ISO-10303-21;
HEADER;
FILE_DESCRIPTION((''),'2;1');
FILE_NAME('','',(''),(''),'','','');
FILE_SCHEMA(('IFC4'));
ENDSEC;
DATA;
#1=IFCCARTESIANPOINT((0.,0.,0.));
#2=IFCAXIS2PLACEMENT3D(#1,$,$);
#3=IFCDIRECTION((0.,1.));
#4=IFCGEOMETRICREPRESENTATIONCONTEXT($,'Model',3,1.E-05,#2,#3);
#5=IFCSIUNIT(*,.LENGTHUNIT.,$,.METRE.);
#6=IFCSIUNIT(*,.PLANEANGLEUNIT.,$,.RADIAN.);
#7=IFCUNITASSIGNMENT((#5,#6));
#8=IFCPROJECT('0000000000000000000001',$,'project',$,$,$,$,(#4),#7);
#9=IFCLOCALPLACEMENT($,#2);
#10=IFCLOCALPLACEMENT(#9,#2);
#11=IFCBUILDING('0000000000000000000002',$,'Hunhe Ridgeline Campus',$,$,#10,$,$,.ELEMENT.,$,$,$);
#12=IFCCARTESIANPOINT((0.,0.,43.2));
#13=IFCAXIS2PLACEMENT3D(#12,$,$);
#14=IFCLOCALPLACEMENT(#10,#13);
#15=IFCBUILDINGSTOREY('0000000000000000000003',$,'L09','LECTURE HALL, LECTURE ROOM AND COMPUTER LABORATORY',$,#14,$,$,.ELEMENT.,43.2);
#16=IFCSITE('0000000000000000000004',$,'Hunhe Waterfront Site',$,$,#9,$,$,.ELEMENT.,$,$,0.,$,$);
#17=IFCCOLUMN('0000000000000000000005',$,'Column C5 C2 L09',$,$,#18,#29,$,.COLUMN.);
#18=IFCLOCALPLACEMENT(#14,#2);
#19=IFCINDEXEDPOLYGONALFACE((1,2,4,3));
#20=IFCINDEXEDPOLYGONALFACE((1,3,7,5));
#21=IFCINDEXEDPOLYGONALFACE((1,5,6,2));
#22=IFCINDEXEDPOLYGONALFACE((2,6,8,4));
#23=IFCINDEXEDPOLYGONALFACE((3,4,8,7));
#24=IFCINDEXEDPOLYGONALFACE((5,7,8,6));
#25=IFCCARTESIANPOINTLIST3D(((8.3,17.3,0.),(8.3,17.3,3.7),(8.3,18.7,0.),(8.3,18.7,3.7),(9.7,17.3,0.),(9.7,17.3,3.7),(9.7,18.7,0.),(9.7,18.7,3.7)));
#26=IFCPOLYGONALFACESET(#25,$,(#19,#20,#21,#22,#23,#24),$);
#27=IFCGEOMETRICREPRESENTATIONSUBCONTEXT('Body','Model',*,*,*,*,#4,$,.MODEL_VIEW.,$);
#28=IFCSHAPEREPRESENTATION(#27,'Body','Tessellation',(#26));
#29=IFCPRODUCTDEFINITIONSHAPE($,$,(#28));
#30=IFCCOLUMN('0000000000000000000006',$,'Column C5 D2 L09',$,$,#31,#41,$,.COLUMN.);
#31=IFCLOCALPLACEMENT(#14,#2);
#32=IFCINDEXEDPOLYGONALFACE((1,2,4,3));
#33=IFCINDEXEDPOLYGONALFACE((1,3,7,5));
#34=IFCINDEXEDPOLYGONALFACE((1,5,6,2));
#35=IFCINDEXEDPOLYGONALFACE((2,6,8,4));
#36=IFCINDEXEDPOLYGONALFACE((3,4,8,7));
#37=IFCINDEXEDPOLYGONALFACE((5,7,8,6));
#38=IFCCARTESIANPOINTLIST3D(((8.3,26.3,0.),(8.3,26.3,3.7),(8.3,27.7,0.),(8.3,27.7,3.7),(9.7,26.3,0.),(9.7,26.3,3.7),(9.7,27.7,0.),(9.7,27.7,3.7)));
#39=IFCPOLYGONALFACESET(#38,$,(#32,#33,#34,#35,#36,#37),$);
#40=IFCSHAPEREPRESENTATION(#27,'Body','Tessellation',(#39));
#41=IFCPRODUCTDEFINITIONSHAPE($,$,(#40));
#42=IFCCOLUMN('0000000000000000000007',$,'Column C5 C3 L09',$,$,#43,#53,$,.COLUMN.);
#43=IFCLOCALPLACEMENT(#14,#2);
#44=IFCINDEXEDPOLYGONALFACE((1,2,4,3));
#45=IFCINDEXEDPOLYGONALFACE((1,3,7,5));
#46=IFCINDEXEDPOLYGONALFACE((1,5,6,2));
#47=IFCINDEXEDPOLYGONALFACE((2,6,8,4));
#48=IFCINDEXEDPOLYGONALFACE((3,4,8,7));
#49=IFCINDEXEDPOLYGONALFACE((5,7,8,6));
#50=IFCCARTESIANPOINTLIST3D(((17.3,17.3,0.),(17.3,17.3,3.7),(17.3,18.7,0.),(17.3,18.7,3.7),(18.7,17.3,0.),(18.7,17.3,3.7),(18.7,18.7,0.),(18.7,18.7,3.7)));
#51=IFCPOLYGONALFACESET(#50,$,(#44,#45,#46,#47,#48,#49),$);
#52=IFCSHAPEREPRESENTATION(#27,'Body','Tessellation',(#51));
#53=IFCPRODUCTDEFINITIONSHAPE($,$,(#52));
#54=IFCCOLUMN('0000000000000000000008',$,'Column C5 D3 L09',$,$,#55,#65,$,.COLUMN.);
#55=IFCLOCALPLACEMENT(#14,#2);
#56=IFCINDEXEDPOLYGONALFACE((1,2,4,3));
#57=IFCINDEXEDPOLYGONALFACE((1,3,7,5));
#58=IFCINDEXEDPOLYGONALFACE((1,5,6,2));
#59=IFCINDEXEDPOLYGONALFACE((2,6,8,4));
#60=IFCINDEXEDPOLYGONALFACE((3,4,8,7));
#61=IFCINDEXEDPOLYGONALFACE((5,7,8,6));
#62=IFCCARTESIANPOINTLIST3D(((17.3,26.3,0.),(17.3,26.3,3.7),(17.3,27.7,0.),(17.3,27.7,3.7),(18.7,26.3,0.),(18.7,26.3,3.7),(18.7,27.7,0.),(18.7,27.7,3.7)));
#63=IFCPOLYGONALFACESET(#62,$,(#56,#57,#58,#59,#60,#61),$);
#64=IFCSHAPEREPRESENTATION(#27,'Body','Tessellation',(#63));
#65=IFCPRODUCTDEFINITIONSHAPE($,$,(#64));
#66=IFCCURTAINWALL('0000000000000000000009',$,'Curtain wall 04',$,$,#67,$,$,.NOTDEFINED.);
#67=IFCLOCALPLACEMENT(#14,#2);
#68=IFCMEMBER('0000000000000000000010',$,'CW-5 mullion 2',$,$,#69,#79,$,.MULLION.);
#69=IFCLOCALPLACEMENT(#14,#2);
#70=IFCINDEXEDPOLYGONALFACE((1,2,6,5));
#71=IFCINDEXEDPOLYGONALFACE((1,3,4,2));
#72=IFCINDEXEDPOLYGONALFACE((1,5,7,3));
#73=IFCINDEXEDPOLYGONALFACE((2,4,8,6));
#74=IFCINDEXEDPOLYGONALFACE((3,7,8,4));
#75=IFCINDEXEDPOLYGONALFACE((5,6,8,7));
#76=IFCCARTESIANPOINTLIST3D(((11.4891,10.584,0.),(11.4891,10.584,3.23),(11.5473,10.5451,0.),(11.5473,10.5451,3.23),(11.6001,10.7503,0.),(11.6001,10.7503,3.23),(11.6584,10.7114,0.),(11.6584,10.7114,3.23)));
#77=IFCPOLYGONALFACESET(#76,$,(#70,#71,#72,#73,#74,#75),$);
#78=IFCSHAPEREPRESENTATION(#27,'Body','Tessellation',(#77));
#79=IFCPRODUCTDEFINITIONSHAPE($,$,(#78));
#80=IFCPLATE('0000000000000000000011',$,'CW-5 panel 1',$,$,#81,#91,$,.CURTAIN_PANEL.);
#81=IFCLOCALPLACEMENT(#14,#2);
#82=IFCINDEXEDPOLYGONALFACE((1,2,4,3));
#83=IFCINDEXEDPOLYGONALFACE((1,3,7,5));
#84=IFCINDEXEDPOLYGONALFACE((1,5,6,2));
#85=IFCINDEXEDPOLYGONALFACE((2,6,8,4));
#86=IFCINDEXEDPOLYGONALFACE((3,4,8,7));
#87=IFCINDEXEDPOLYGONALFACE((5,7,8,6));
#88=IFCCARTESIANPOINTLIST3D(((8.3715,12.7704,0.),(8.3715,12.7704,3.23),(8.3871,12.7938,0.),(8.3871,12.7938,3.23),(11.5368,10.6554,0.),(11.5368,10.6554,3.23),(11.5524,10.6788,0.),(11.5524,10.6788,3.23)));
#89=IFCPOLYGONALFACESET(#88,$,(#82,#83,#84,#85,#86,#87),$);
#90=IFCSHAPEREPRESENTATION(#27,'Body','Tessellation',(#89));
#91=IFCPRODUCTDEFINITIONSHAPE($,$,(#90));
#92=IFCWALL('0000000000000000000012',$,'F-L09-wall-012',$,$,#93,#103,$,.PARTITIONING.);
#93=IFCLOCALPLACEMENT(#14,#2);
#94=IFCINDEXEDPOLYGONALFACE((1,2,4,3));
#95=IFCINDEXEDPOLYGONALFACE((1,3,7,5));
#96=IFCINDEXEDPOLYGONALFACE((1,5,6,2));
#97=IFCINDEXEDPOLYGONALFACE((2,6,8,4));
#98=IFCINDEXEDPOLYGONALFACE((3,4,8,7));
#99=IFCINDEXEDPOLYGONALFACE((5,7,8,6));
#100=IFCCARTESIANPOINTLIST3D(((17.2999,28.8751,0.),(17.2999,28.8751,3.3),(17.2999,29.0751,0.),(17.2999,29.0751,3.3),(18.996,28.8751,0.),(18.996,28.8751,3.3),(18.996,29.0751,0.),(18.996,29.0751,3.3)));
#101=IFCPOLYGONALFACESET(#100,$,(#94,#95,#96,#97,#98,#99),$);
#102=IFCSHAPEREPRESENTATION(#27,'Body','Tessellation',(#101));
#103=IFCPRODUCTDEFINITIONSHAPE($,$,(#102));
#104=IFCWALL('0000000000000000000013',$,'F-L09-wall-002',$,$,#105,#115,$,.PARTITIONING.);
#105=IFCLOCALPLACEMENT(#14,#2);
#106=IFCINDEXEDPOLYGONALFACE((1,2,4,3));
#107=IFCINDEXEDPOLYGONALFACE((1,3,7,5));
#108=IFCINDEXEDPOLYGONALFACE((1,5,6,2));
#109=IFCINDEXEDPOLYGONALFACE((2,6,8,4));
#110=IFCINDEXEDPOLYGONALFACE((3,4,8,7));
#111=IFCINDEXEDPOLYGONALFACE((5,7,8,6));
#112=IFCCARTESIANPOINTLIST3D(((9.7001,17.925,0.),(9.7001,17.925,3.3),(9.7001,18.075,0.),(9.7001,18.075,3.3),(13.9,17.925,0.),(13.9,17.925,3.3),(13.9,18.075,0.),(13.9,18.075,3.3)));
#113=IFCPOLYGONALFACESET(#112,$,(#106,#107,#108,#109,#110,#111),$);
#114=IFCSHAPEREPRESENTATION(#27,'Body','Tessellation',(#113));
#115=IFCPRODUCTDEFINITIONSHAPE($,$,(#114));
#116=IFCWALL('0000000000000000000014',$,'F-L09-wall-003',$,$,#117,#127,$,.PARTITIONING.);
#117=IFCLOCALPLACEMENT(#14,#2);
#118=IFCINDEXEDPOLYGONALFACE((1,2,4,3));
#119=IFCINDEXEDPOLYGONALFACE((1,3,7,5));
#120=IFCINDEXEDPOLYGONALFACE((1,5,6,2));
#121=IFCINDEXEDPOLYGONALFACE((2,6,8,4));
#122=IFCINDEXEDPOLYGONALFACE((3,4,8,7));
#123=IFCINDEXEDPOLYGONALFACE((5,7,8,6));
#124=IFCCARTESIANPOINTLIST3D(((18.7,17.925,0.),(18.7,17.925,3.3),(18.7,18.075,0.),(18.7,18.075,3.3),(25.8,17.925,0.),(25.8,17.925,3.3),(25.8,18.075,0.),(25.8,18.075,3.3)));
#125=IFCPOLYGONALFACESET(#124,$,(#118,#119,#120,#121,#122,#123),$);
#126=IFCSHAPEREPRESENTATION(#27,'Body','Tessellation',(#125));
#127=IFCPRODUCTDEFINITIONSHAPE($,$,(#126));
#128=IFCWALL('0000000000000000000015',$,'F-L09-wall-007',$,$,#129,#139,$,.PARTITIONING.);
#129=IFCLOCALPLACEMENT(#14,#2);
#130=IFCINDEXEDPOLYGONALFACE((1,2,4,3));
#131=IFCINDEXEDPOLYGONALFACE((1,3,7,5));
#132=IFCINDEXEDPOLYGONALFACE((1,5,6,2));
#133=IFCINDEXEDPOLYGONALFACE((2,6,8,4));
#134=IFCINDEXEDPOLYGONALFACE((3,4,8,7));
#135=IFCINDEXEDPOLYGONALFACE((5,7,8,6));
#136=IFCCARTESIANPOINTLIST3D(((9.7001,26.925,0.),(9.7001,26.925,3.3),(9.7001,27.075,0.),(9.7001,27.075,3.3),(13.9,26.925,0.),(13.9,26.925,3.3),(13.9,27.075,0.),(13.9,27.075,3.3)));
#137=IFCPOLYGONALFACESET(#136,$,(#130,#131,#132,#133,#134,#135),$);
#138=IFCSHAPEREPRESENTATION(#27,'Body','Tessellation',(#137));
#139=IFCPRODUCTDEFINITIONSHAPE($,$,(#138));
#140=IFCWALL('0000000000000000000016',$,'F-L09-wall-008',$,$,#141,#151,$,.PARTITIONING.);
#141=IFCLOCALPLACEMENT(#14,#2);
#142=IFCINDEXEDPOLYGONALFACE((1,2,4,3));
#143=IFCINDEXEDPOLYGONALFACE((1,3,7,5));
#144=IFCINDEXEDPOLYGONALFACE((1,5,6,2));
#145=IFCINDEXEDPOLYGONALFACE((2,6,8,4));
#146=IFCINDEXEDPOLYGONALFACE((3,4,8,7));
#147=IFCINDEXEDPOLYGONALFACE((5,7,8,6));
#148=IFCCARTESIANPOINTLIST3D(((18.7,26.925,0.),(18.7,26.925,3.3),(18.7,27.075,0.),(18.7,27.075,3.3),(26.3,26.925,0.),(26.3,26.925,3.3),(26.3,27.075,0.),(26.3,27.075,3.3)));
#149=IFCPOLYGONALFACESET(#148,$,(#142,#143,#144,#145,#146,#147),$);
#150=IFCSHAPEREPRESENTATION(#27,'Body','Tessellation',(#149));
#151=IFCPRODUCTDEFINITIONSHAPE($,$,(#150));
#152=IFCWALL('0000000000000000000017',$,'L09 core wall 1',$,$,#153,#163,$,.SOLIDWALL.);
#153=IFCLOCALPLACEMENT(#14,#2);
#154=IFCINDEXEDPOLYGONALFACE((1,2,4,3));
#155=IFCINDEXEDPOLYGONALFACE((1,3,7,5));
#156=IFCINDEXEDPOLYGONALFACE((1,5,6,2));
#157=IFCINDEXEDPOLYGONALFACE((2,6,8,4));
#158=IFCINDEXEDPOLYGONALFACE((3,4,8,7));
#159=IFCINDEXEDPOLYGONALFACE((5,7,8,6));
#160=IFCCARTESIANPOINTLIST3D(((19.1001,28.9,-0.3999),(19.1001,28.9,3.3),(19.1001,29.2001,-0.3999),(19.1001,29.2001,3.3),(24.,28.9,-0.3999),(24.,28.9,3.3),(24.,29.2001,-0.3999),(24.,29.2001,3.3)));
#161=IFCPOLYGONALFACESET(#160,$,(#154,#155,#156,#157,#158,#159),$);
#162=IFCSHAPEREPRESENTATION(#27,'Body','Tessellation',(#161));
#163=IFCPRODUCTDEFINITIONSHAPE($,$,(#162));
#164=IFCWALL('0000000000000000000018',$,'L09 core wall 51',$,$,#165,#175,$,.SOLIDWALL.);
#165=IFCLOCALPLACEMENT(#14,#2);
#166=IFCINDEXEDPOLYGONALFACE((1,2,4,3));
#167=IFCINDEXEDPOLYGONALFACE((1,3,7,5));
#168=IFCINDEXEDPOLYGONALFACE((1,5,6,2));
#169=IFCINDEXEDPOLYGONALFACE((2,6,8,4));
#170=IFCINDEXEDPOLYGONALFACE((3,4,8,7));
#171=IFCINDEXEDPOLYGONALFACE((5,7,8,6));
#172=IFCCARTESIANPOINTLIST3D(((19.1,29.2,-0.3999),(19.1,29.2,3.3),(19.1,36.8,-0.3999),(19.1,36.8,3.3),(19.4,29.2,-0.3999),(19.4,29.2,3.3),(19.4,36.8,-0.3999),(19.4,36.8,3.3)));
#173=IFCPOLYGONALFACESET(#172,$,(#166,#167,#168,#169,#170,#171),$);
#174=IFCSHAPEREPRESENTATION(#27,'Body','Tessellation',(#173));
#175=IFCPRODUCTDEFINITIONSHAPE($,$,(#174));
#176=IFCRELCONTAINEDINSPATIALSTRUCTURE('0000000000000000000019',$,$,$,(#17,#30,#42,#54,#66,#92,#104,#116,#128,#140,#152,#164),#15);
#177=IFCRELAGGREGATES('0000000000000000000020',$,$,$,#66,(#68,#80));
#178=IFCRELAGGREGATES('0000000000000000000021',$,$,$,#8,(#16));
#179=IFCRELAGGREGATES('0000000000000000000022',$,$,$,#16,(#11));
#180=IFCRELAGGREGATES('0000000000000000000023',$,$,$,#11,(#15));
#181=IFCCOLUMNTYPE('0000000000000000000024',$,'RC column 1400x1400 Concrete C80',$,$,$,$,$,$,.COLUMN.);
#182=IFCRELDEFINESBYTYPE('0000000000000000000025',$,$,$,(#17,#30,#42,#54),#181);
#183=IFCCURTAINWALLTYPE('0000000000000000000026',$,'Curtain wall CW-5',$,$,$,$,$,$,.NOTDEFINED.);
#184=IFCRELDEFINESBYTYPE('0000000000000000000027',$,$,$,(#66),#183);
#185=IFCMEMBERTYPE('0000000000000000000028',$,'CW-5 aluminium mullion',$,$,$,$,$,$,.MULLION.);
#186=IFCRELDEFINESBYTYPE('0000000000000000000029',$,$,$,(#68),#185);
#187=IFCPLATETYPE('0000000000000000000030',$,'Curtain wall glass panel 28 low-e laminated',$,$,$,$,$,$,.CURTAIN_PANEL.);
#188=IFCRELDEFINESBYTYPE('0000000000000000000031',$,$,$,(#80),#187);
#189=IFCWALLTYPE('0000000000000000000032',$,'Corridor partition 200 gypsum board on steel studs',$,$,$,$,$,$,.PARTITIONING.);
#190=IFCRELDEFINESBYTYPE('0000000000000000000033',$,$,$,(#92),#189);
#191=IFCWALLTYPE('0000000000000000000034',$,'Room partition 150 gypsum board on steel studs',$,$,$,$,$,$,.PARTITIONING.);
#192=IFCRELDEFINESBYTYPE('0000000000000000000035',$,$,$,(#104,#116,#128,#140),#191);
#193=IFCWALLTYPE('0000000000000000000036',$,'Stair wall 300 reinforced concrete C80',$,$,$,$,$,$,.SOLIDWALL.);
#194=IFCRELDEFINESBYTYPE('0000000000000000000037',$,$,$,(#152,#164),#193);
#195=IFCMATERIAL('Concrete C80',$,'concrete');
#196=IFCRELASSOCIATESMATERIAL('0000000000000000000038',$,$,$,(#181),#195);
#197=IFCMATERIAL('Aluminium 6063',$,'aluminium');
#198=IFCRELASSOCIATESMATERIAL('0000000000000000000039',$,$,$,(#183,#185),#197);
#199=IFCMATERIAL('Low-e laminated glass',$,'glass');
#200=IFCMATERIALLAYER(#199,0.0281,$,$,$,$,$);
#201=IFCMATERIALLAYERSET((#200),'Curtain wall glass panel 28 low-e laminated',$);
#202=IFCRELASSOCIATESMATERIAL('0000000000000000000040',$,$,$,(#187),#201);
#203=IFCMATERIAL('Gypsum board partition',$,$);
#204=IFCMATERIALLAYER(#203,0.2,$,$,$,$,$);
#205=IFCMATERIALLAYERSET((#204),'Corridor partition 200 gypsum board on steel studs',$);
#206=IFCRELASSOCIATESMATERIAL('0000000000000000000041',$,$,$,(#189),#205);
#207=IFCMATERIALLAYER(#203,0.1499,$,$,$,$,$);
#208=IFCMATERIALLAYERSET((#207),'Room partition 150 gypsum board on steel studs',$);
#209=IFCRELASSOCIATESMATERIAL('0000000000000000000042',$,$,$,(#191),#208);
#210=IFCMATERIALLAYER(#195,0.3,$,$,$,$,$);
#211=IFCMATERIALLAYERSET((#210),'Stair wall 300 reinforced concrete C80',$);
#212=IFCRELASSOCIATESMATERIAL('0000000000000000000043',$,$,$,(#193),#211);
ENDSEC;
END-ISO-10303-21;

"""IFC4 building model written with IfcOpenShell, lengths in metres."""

from ifc_helpers import new_model, si_unit, direction, frame, frame_2d, origin, origin_2d, place, context, subcontext, project, spatial, rectangle, extrude, material, layer, layer_set, material_profile, profile_set, type_object, element, aggregate, save


model = new_model("IFC4")

# Units and contexts
model_context = context("Model", 3, precision=1e-05, world=origin(), true_north=direction((0.0, 1.0)))
body_context = subcontext(model_context, "Body", "Model", "MODEL_VIEW")
ifc_project = project(units=[si_unit("LENGTHUNIT", "METRE"), si_unit("PLANEANGLEUNIT", "RADIAN")], contexts=[model_context])

# Site, building, storey
site_placement = place(None, origin())
site = spatial("IfcSite", under=ifc_project, at=site_placement, Name="Hunhe Waterfront Site", CompositionType="ELEMENT", RefElevation=0.0)
building_placement = place(site_placement, origin())
building = spatial("IfcBuilding", under=site, at=building_placement, Name="Hunhe Ridgeline Campus", CompositionType="ELEMENT")
storey_placement = place(building_placement, frame((0.0, 0.0, 43.2)))
storey = spatial("IfcBuildingStorey", under=building, at=storey_placement, Name="L09", Description="LECTURE HALL, LECTURE ROOM AND COMPUTER LABORATORY", CompositionType="ELEMENT", Elevation=43.2)

# Columns
ifc_material_1 = material(Name="Concrete C80", Category="concrete")
ifc_material_profile_1 = material_profile(ifc_material_1, rectangle(XDim=1.3999, YDim=1.3999, at=origin_2d()))
ifc_profile_set_1 = profile_set([ifc_material_profile_1], Name="Concrete C80")
column_type = type_object("IfcColumnType", Name="RC column 1400x1400 Concrete C80", PredefinedType="COLUMN", material=ifc_profile_set_1)
for number, where, z_axis, x_axis, name in (
    (1, (9.0, 18.0, 0.0), (0.0, 0.0, 1.0), (1.0, 0.0, 0.0), "Column C5 C2 L09"),
    (2, (9.0, 27.0, 0.0), (0.0, 0.0, 1.0), (1.0, 0.0, 0.0), "Column C5 D2 L09"),
    (3, (18.0, 18.0, 0.0), (0.0, 0.0, 1.0), (1.0, 0.0, 0.0), "Column C5 C3 L09"),
    (4, (18.0, 27.0, 0.0), (0.0, 0.0, 1.0), (1.0, 0.0, 0.0), "Column C5 D3 L09"),
):
    element("IfcColumn", number, at=place(storey_placement, frame(where, z_axis=z_axis, x_axis=x_axis)), inside=storey, type_object=column_type, Name=name, PredefinedType="COLUMN", context=body_context, shape_type="SweptSolid", body=[
        extrude(rectangle(XDim=1.3999, YDim=1.3999, at=origin_2d()), origin(), (0.0, 0.0, 1.0), 3.7),
    ])

# Curtain wall, member, plate
ifc_material_2 = material(Name="Aluminium 6063", Category="aluminium")
curtain_wall_type = type_object("IfcCurtainWallType", Name="Curtain wall CW-5", PredefinedType="NOTDEFINED", material=ifc_material_2)
curtain_wall_placement = place(storey_placement, origin())
curtain_wall = element("IfcCurtainWall", 5, at=curtain_wall_placement, inside=storey, type_object=curtain_wall_type, Name="Curtain wall 04", PredefinedType="NOTDEFINED")
ifc_material_profile_2 = material_profile(ifc_material_2, rectangle(XDim=0.2, YDim=0.0701, at=origin_2d()))
ifc_profile_set_2 = profile_set([ifc_material_profile_2], Name="Aluminium 6063")
member_type = type_object("IfcMemberType", Name="CW-5 aluminium mullion", PredefinedType="MULLION", material=ifc_profile_set_2)
member_placement = place(storey_placement, frame((11.5737, 10.6477, 0.0), z_axis=(0.0, 0.0, 1.0), x_axis=(0.55557, 0.83147, 0.0)))
member = element("IfcMember", 6, at=member_placement, type_object=member_type, Name="CW-5 mullion 2", PredefinedType="MULLION", context=body_context, shape_type="SweptSolid", body=[
    extrude(rectangle(XDim=0.2, YDim=0.0701, at=origin_2d()), origin(), (0.0, 0.0, 1.0), 3.23),
])
ifc_material_3 = material(Name="Low-e laminated glass", Category="glass")
ifc_layer_1 = layer(ifc_material_3, 0.0281)
ifc_layer_set_1 = layer_set([ifc_layer_1], Name="Curtain wall glass panel 28 low-e laminated")
plate_type = type_object("IfcPlateType", Name="Curtain wall glass panel 28 low-e laminated", PredefinedType="CURTAIN_PANEL", material=ifc_layer_set_1)
plate_placement = place(storey_placement, frame((9.9619, 11.7246, 0.0), z_axis=(0.0, 0.0, 1.0), x_axis=(0.83147, -0.55557, 0.0)))
plate = element("IfcPlate", 7, at=plate_placement, type_object=plate_type, Name="CW-5 panel 1", PredefinedType="CURTAIN_PANEL", context=body_context, shape_type="SweptSolid", body=[
    extrude(rectangle(XDim=3.8069, YDim=0.0281, at=origin_2d()), origin(), (0.0, 0.0, 1.0), 3.23),
])
aggregate(curtain_wall, [member, plate])

# Wall
ifc_material_4 = material(Name="Gypsum board partition")
ifc_layer_2 = layer(ifc_material_4, 0.2)
ifc_layer_set_2 = layer_set([ifc_layer_2], Name="Corridor partition 200 gypsum board on steel studs")
wall_type_1 = type_object("IfcWallType", Name="Corridor partition 200 gypsum board on steel studs", PredefinedType="PARTITIONING", material=ifc_layer_set_2)
wall_1_placement = place(storey_placement, frame((18.9961, 28.9751, 0.0), z_axis=(0.0, 0.0, 1.0), x_axis=(-1.0, 0.0, 0.0)))
element("IfcWall", 8, at=wall_1_placement, inside=storey, type_object=wall_type_1, Name="F-L09-wall-012", PredefinedType="PARTITIONING", context=body_context, shape_type="SweptSolid", body=[
    extrude(rectangle(XDim=1.696, YDim=0.2, at=frame_2d((0.8481, 0.0))), origin(), (0.0, 0.0, 1.0), 3.3),
])

# Walls
ifc_layer_3 = layer(ifc_material_4, 0.1499)
ifc_layer_set_3 = layer_set([ifc_layer_3], Name="Room partition 150 gypsum board on steel studs")
wall_type_2 = type_object("IfcWallType", Name="Room partition 150 gypsum board on steel studs", PredefinedType="PARTITIONING", material=ifc_layer_set_3)
wall_2_placement = place(storey_placement, frame((9.7, 18.0, 0.0), z_axis=(0.0, 0.0, 1.0), x_axis=(1.0, 0.0, 0.0)))
element("IfcWall", 9, at=wall_2_placement, inside=storey, type_object=wall_type_2, Name="F-L09-wall-002", PredefinedType="PARTITIONING", context=body_context, shape_type="SweptSolid", body=[
    extrude(rectangle(XDim=4.2, YDim=0.1499, at=frame_2d((2.1001, 0.0))), origin(), (0.0, 0.0, 1.0), 3.3),
])
wall_3_placement = place(storey_placement, frame((18.7, 18.0, 0.0), z_axis=(0.0, 0.0, 1.0), x_axis=(1.0, 0.0, 0.0)))
element("IfcWall", 10, at=wall_3_placement, inside=storey, type_object=wall_type_2, Name="F-L09-wall-003", PredefinedType="PARTITIONING", context=body_context, shape_type="SweptSolid", body=[
    extrude(rectangle(XDim=7.1001, YDim=0.1499, at=frame_2d((3.55, 0.0))), origin(), (0.0, 0.0, 1.0), 3.3),
])
wall_4_placement = place(storey_placement, frame((9.7, 27.0, 0.0), z_axis=(0.0, 0.0, 1.0), x_axis=(1.0, 0.0, 0.0)))
element("IfcWall", 11, at=wall_4_placement, inside=storey, type_object=wall_type_2, Name="F-L09-wall-007", PredefinedType="PARTITIONING", context=body_context, shape_type="SweptSolid", body=[
    extrude(rectangle(XDim=4.2, YDim=0.1499, at=frame_2d((2.1001, 0.0))), origin(), (0.0, 0.0, 1.0), 3.3),
])
wall_5_placement = place(storey_placement, frame((18.7, 27.0, 0.0), z_axis=(0.0, 0.0, 1.0), x_axis=(1.0, 0.0, 0.0)))
element("IfcWall", 12, at=wall_5_placement, inside=storey, type_object=wall_type_2, Name="F-L09-wall-008", PredefinedType="PARTITIONING", context=body_context, shape_type="SweptSolid", body=[
    extrude(rectangle(XDim=7.6001, YDim=0.1499, at=frame_2d((3.8, 0.0))), origin(), (0.0, 0.0, 1.0), 3.3),
])
ifc_layer_4 = layer(ifc_material_1, 0.3)
ifc_layer_set_4 = layer_set([ifc_layer_4], Name="Stair wall 300 reinforced concrete C80")
wall_type_3 = type_object("IfcWallType", Name="Stair wall 300 reinforced concrete C80", PredefinedType="SOLIDWALL", material=ifc_layer_set_4)
wall_6_placement = place(storey_placement, frame((19.1001, 29.05, -0.3999), z_axis=(0.0, 0.0, 1.0), x_axis=(1.0, 0.0, 0.0)))
element("IfcWall", 13, at=wall_6_placement, inside=storey, type_object=wall_type_3, Name="L09 core wall 1", PredefinedType="SOLIDWALL", context=body_context, shape_type="SweptSolid", body=[
    extrude(rectangle(XDim=4.8999, YDim=0.3, at=frame_2d((2.45, 0.0))), origin(), (0.0, 0.0, 1.0), 3.7),
])
wall_7_placement = place(storey_placement, frame((19.25, 29.2, -0.3999), z_axis=(0.0, 0.0, 1.0), x_axis=(0.0, 1.0, 0.0)))
element("IfcWall", 14, at=wall_7_placement, inside=storey, type_object=wall_type_3, Name="L09 core wall 51", PredefinedType="SOLIDWALL", context=body_context, shape_type="SweptSolid", body=[
    extrude(rectangle(XDim=7.6001, YDim=0.3, at=frame_2d((3.8, 0.0))), origin(), (0.0, 0.0, 1.0), 3.7),
])

save(model, "model.ifc")
